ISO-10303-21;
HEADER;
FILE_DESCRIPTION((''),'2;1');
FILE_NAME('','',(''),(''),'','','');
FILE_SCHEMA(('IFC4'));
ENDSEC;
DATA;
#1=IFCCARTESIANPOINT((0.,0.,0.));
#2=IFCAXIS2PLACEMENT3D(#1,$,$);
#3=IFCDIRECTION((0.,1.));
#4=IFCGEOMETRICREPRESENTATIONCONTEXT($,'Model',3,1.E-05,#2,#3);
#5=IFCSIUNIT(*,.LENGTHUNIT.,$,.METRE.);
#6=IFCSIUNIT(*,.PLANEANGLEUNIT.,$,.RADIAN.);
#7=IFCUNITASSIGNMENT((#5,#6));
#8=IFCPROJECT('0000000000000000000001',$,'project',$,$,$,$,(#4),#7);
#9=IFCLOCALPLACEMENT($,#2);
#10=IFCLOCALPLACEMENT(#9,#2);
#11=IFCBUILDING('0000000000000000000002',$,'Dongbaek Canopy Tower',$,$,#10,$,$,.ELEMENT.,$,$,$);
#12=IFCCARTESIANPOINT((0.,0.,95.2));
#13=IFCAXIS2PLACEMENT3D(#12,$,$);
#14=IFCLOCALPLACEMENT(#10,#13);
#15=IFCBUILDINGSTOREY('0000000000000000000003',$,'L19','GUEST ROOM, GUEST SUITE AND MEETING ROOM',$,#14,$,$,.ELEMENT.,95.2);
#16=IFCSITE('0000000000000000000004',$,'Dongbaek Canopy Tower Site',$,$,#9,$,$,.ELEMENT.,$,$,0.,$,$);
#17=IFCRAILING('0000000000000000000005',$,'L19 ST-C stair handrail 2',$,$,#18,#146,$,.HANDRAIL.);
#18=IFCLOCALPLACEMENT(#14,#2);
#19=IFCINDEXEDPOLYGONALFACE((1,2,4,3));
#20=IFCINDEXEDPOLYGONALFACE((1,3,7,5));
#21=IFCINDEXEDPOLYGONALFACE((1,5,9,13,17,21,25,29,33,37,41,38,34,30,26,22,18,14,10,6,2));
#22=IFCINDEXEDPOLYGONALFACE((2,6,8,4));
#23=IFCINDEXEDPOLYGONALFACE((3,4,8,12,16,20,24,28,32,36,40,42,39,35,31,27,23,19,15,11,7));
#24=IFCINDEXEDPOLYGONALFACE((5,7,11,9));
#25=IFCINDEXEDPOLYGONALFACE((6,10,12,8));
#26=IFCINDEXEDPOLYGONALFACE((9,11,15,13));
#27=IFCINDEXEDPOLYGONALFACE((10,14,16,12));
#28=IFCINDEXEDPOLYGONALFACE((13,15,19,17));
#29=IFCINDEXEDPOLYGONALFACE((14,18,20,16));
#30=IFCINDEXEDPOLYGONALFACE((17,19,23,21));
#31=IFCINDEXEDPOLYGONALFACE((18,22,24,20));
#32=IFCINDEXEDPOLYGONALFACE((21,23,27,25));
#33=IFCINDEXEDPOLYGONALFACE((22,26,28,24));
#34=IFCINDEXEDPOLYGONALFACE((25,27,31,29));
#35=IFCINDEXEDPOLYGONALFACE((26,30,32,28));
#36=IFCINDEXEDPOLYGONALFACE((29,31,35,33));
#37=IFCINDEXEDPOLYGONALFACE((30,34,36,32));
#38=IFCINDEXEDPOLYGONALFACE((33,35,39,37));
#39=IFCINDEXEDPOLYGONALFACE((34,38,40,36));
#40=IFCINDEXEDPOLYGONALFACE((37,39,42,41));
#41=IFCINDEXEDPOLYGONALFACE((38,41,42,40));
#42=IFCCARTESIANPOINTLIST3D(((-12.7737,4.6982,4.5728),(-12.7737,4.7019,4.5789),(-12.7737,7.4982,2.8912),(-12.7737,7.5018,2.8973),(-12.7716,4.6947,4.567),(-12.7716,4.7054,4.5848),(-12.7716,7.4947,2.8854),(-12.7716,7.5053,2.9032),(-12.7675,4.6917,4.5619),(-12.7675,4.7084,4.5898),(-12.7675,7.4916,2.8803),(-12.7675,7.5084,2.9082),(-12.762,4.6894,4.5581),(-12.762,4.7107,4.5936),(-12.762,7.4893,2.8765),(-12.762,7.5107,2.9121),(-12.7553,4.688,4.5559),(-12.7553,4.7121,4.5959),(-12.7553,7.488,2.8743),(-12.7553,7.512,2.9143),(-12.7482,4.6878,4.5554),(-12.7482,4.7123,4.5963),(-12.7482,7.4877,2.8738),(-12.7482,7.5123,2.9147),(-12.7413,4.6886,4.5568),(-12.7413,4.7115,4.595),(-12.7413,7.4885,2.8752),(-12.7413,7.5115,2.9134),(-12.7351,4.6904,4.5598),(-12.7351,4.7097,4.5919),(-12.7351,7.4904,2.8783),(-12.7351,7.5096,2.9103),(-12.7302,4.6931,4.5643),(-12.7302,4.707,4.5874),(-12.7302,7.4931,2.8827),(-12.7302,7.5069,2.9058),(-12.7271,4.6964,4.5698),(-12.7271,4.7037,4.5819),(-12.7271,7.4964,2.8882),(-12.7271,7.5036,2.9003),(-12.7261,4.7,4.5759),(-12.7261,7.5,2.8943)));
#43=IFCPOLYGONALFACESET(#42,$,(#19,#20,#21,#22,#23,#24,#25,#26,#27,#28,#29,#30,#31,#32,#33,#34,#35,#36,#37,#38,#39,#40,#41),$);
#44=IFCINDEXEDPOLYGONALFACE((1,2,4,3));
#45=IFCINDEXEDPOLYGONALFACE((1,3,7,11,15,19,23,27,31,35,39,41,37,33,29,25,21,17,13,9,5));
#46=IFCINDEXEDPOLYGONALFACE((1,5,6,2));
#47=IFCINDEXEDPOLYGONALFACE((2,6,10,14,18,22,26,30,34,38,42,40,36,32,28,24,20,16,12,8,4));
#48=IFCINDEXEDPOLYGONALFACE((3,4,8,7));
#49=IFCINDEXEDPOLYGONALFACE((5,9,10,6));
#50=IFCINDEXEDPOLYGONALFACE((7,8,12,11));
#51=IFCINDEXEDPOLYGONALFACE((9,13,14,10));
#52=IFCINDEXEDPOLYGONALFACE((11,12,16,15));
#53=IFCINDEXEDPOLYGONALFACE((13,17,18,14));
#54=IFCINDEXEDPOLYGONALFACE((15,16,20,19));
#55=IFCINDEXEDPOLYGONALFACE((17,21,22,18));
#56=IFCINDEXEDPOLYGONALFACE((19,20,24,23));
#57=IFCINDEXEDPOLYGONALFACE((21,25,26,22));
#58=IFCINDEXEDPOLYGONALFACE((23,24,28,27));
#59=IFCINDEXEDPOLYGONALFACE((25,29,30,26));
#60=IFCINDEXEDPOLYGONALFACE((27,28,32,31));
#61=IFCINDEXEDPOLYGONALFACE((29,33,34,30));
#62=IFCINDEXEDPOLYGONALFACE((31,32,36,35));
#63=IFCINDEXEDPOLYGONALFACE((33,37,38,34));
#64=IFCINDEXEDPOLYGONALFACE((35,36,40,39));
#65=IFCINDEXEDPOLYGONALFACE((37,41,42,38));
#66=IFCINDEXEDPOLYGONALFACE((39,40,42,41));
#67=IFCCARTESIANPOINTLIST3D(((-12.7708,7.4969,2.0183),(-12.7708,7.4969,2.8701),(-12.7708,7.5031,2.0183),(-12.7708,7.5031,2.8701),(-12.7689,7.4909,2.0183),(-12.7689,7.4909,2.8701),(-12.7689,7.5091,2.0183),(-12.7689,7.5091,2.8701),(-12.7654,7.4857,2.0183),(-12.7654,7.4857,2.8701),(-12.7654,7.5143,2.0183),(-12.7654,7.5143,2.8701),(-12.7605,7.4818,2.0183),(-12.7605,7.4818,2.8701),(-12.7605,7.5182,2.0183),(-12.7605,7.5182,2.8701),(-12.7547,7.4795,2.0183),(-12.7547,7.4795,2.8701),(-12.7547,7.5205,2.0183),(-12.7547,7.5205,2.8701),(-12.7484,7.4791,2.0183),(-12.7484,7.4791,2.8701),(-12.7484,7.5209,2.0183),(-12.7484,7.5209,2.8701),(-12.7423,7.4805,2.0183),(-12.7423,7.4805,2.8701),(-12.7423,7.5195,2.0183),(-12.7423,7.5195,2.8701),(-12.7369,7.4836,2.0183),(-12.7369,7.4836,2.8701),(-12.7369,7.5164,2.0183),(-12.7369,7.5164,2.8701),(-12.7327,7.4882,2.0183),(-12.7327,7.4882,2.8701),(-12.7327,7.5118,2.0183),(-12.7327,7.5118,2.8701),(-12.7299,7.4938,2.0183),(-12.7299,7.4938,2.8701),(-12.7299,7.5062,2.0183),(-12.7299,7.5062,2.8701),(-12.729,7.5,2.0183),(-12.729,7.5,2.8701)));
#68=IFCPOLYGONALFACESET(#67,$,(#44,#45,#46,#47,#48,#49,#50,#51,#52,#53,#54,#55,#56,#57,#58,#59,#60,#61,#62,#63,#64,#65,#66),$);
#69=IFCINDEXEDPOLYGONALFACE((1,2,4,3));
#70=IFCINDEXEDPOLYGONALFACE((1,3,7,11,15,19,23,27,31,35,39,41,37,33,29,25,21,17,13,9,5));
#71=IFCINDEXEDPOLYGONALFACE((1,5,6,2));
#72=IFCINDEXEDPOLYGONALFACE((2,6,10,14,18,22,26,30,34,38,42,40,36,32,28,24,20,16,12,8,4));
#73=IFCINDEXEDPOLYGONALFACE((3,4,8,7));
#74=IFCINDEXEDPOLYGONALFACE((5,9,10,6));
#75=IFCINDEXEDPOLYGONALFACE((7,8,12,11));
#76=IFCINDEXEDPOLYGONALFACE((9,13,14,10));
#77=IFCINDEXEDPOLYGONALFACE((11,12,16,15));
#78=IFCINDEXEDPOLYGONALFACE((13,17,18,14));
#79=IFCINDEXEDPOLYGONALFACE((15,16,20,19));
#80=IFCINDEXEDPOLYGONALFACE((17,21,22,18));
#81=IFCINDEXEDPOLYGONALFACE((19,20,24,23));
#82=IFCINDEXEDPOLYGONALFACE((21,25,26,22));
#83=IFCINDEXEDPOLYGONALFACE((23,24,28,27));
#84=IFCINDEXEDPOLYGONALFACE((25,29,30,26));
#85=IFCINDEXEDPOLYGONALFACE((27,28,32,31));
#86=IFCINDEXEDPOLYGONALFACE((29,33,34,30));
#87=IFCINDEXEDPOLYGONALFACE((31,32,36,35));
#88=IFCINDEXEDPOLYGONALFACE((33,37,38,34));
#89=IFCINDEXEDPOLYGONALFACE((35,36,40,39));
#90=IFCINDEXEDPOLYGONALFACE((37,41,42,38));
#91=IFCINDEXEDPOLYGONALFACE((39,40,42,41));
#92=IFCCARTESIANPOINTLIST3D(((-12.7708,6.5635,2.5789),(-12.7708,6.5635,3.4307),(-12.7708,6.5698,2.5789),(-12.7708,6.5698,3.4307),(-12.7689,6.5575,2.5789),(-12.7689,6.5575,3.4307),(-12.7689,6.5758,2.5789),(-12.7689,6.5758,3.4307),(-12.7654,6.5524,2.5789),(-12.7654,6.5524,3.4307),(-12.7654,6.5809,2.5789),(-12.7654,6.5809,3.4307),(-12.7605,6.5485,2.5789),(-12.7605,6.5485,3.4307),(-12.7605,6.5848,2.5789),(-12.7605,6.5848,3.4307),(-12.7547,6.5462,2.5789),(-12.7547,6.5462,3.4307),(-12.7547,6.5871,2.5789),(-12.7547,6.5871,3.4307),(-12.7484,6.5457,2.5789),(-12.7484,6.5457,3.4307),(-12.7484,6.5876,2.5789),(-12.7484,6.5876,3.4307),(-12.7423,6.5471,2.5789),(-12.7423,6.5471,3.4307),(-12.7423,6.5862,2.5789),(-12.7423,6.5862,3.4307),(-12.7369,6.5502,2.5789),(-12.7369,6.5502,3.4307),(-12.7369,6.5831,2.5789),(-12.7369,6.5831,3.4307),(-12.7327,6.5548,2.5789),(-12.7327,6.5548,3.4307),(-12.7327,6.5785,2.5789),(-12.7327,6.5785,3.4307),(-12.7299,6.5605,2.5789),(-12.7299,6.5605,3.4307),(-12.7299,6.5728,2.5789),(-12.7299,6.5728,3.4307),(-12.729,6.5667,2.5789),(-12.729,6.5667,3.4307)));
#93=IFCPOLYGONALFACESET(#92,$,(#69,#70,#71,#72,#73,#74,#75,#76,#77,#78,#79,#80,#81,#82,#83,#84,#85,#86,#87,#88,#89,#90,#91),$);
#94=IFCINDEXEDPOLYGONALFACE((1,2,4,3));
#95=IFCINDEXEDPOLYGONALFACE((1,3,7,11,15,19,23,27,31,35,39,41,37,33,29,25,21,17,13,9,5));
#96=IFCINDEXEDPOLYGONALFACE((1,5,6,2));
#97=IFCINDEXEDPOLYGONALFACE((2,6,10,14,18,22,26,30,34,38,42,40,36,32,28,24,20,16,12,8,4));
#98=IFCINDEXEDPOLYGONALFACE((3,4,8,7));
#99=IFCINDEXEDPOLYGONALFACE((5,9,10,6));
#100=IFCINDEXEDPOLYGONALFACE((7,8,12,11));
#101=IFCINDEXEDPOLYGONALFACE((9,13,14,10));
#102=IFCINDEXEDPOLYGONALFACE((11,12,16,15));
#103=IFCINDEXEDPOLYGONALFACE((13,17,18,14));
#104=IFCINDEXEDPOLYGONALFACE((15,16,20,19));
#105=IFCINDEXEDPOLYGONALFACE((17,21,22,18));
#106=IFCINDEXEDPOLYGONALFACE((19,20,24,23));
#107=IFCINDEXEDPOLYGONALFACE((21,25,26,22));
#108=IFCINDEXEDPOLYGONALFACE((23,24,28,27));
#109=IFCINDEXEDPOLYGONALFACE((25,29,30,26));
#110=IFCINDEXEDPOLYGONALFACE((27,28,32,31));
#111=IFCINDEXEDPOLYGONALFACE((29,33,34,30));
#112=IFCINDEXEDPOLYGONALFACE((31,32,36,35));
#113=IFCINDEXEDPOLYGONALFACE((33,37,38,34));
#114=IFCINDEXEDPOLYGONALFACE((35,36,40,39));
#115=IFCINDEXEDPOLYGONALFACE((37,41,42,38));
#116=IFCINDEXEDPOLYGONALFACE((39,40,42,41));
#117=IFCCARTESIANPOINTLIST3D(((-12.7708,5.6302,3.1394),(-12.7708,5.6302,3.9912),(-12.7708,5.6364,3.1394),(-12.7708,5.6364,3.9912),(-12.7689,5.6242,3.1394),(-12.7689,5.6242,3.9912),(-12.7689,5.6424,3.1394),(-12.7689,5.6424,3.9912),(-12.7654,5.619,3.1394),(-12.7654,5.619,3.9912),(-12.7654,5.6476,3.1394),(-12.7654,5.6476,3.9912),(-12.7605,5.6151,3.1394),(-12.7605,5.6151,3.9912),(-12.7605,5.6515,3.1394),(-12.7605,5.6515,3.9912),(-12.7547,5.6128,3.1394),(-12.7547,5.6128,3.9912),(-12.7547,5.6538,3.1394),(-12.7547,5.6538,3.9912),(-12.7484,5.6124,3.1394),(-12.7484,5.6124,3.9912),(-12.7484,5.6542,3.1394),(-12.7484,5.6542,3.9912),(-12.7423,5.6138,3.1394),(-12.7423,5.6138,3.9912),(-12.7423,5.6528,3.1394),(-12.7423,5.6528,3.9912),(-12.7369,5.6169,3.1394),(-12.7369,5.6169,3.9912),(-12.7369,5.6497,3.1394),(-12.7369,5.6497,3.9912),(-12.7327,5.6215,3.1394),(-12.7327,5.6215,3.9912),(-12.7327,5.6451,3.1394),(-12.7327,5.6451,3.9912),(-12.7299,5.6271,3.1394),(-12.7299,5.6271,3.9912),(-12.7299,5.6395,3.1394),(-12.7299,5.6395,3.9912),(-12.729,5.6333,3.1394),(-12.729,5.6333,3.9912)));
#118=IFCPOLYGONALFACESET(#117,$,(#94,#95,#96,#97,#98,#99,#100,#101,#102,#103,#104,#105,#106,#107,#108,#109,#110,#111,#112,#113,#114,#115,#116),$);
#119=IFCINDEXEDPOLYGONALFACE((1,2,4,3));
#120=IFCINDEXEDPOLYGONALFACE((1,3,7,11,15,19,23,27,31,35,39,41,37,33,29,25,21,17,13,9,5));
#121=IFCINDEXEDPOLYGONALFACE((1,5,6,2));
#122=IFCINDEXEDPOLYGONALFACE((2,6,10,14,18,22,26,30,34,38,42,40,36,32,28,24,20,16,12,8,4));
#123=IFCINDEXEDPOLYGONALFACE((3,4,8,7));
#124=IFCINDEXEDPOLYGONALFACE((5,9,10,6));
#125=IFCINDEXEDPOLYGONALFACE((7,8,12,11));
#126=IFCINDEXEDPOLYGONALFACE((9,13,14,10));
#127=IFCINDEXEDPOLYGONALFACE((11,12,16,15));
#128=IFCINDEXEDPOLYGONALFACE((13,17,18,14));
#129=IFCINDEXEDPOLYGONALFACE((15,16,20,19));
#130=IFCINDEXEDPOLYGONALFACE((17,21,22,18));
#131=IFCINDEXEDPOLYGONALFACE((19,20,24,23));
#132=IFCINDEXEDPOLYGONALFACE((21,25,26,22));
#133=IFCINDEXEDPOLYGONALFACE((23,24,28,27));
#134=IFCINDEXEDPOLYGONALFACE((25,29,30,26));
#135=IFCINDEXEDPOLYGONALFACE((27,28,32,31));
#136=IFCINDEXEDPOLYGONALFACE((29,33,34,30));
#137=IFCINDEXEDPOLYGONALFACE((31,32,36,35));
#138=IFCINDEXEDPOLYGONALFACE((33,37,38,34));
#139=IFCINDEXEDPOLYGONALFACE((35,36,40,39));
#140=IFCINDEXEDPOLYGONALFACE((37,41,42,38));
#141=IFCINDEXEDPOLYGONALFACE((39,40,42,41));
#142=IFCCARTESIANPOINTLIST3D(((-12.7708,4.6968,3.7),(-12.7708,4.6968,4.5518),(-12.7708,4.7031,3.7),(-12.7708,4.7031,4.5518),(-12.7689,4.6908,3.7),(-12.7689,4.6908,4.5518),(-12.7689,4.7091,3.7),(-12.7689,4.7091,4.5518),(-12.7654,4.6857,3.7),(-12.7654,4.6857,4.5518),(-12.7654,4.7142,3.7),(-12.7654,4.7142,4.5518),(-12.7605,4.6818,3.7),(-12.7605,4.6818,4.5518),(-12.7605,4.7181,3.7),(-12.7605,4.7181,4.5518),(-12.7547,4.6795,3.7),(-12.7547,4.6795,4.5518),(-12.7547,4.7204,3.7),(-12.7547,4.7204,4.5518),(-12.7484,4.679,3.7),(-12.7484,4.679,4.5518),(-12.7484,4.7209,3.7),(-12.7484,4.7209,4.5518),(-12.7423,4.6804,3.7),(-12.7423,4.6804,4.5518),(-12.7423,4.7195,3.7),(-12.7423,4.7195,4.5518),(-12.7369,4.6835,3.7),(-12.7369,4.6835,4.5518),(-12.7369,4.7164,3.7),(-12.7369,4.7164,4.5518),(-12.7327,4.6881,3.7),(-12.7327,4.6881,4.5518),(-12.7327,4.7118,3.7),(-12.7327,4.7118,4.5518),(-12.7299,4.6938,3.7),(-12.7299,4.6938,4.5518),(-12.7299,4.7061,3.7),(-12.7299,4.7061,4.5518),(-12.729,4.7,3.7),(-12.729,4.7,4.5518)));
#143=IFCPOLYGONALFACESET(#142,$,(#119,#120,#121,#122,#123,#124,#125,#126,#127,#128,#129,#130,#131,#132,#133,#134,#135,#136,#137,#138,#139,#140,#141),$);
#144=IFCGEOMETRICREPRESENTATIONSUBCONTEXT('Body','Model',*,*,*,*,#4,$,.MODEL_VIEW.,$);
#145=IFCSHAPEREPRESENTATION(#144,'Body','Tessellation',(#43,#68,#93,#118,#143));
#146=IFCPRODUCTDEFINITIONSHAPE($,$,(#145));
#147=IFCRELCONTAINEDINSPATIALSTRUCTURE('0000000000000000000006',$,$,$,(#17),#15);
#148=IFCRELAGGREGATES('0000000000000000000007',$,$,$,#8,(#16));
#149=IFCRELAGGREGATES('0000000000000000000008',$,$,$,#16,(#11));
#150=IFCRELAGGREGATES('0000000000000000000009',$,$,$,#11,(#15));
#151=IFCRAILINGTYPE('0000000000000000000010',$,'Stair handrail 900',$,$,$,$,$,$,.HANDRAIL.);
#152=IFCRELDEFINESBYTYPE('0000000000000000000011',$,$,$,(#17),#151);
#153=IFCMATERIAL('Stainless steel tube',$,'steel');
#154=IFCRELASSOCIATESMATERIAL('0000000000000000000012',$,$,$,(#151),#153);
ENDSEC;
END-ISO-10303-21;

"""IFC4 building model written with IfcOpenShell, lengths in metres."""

from ifc_helpers import new_model, si_unit, direction, frame, origin, origin_2d, place, context, subcontext, project, spatial, circle, extrude, material, type_object, element, save


model = new_model("IFC4")

# Units and contexts
model_context = context("Model", 3, precision=1e-05, world=origin(), true_north=direction((0.0, 1.0)))
body_context = subcontext(model_context, "Body", "Model", "MODEL_VIEW")
ifc_project = project(units=[si_unit("LENGTHUNIT", "METRE"), si_unit("PLANEANGLEUNIT", "RADIAN")], contexts=[model_context])

# Site, building, storey
site_placement = place(None, origin())
site = spatial("IfcSite", under=ifc_project, at=site_placement, Name="Dongbaek Canopy Tower Site", CompositionType="ELEMENT", RefElevation=0.0)
building_placement = place(site_placement, origin())
building = spatial("IfcBuilding", under=site, at=building_placement, Name="Dongbaek Canopy Tower", CompositionType="ELEMENT")
storey_placement = place(building_placement, frame((0.0, 0.0, 95.2)))
storey = spatial("IfcBuildingStorey", under=building, at=storey_placement, Name="L19", Description="GUEST ROOM, GUEST SUITE AND MEETING ROOM", CompositionType="ELEMENT", Elevation=95.2)

# Railing
ifc_material_1 = material(Name="Stainless steel tube", Category="steel")
railing_type_1 = type_object("IfcRailingType", Name="Stair handrail 900", PredefinedType="HANDRAIL", material=ifc_material_1)
railing_1_placement = place(storey_placement, frame((-12.75, 7.5, 2.0183)))
element("IfcRailing", 1, at=railing_1_placement, inside=storey, type_object=railing_type_1, Name="L19 ST-C stair handrail 2", PredefinedType="HANDRAIL", context=body_context, shape_type="SweptSolid", body=[
    extrude(circle(Radius=0.0239, at=origin_2d()), frame((0.0, 0.0, 0.876), z_axis=(0.0, -0.857275, 0.514858), x_axis=(1.0, 0.0, 0.0)), (0.0, 0.0, 1.0), 3.2661),
    extrude(circle(Radius=0.021, at=origin_2d()), origin(), (0.0, 0.0, 1.0), 0.8518),
    extrude(circle(Radius=0.021, at=origin_2d()), frame((0.0, -0.9333, 0.5605)), (0.0, 0.0, 1.0), 0.8518),
    extrude(circle(Radius=0.021, at=origin_2d()), frame((0.0, -1.8667, 1.1211)), (0.0, 0.0, 1.0), 0.8518),
    extrude(circle(Radius=0.021, at=origin_2d()), frame((0.0, -2.8, 1.6816)), (0.0, 0.0, 1.0), 0.8518),
])

save(model, "model.ifc")
